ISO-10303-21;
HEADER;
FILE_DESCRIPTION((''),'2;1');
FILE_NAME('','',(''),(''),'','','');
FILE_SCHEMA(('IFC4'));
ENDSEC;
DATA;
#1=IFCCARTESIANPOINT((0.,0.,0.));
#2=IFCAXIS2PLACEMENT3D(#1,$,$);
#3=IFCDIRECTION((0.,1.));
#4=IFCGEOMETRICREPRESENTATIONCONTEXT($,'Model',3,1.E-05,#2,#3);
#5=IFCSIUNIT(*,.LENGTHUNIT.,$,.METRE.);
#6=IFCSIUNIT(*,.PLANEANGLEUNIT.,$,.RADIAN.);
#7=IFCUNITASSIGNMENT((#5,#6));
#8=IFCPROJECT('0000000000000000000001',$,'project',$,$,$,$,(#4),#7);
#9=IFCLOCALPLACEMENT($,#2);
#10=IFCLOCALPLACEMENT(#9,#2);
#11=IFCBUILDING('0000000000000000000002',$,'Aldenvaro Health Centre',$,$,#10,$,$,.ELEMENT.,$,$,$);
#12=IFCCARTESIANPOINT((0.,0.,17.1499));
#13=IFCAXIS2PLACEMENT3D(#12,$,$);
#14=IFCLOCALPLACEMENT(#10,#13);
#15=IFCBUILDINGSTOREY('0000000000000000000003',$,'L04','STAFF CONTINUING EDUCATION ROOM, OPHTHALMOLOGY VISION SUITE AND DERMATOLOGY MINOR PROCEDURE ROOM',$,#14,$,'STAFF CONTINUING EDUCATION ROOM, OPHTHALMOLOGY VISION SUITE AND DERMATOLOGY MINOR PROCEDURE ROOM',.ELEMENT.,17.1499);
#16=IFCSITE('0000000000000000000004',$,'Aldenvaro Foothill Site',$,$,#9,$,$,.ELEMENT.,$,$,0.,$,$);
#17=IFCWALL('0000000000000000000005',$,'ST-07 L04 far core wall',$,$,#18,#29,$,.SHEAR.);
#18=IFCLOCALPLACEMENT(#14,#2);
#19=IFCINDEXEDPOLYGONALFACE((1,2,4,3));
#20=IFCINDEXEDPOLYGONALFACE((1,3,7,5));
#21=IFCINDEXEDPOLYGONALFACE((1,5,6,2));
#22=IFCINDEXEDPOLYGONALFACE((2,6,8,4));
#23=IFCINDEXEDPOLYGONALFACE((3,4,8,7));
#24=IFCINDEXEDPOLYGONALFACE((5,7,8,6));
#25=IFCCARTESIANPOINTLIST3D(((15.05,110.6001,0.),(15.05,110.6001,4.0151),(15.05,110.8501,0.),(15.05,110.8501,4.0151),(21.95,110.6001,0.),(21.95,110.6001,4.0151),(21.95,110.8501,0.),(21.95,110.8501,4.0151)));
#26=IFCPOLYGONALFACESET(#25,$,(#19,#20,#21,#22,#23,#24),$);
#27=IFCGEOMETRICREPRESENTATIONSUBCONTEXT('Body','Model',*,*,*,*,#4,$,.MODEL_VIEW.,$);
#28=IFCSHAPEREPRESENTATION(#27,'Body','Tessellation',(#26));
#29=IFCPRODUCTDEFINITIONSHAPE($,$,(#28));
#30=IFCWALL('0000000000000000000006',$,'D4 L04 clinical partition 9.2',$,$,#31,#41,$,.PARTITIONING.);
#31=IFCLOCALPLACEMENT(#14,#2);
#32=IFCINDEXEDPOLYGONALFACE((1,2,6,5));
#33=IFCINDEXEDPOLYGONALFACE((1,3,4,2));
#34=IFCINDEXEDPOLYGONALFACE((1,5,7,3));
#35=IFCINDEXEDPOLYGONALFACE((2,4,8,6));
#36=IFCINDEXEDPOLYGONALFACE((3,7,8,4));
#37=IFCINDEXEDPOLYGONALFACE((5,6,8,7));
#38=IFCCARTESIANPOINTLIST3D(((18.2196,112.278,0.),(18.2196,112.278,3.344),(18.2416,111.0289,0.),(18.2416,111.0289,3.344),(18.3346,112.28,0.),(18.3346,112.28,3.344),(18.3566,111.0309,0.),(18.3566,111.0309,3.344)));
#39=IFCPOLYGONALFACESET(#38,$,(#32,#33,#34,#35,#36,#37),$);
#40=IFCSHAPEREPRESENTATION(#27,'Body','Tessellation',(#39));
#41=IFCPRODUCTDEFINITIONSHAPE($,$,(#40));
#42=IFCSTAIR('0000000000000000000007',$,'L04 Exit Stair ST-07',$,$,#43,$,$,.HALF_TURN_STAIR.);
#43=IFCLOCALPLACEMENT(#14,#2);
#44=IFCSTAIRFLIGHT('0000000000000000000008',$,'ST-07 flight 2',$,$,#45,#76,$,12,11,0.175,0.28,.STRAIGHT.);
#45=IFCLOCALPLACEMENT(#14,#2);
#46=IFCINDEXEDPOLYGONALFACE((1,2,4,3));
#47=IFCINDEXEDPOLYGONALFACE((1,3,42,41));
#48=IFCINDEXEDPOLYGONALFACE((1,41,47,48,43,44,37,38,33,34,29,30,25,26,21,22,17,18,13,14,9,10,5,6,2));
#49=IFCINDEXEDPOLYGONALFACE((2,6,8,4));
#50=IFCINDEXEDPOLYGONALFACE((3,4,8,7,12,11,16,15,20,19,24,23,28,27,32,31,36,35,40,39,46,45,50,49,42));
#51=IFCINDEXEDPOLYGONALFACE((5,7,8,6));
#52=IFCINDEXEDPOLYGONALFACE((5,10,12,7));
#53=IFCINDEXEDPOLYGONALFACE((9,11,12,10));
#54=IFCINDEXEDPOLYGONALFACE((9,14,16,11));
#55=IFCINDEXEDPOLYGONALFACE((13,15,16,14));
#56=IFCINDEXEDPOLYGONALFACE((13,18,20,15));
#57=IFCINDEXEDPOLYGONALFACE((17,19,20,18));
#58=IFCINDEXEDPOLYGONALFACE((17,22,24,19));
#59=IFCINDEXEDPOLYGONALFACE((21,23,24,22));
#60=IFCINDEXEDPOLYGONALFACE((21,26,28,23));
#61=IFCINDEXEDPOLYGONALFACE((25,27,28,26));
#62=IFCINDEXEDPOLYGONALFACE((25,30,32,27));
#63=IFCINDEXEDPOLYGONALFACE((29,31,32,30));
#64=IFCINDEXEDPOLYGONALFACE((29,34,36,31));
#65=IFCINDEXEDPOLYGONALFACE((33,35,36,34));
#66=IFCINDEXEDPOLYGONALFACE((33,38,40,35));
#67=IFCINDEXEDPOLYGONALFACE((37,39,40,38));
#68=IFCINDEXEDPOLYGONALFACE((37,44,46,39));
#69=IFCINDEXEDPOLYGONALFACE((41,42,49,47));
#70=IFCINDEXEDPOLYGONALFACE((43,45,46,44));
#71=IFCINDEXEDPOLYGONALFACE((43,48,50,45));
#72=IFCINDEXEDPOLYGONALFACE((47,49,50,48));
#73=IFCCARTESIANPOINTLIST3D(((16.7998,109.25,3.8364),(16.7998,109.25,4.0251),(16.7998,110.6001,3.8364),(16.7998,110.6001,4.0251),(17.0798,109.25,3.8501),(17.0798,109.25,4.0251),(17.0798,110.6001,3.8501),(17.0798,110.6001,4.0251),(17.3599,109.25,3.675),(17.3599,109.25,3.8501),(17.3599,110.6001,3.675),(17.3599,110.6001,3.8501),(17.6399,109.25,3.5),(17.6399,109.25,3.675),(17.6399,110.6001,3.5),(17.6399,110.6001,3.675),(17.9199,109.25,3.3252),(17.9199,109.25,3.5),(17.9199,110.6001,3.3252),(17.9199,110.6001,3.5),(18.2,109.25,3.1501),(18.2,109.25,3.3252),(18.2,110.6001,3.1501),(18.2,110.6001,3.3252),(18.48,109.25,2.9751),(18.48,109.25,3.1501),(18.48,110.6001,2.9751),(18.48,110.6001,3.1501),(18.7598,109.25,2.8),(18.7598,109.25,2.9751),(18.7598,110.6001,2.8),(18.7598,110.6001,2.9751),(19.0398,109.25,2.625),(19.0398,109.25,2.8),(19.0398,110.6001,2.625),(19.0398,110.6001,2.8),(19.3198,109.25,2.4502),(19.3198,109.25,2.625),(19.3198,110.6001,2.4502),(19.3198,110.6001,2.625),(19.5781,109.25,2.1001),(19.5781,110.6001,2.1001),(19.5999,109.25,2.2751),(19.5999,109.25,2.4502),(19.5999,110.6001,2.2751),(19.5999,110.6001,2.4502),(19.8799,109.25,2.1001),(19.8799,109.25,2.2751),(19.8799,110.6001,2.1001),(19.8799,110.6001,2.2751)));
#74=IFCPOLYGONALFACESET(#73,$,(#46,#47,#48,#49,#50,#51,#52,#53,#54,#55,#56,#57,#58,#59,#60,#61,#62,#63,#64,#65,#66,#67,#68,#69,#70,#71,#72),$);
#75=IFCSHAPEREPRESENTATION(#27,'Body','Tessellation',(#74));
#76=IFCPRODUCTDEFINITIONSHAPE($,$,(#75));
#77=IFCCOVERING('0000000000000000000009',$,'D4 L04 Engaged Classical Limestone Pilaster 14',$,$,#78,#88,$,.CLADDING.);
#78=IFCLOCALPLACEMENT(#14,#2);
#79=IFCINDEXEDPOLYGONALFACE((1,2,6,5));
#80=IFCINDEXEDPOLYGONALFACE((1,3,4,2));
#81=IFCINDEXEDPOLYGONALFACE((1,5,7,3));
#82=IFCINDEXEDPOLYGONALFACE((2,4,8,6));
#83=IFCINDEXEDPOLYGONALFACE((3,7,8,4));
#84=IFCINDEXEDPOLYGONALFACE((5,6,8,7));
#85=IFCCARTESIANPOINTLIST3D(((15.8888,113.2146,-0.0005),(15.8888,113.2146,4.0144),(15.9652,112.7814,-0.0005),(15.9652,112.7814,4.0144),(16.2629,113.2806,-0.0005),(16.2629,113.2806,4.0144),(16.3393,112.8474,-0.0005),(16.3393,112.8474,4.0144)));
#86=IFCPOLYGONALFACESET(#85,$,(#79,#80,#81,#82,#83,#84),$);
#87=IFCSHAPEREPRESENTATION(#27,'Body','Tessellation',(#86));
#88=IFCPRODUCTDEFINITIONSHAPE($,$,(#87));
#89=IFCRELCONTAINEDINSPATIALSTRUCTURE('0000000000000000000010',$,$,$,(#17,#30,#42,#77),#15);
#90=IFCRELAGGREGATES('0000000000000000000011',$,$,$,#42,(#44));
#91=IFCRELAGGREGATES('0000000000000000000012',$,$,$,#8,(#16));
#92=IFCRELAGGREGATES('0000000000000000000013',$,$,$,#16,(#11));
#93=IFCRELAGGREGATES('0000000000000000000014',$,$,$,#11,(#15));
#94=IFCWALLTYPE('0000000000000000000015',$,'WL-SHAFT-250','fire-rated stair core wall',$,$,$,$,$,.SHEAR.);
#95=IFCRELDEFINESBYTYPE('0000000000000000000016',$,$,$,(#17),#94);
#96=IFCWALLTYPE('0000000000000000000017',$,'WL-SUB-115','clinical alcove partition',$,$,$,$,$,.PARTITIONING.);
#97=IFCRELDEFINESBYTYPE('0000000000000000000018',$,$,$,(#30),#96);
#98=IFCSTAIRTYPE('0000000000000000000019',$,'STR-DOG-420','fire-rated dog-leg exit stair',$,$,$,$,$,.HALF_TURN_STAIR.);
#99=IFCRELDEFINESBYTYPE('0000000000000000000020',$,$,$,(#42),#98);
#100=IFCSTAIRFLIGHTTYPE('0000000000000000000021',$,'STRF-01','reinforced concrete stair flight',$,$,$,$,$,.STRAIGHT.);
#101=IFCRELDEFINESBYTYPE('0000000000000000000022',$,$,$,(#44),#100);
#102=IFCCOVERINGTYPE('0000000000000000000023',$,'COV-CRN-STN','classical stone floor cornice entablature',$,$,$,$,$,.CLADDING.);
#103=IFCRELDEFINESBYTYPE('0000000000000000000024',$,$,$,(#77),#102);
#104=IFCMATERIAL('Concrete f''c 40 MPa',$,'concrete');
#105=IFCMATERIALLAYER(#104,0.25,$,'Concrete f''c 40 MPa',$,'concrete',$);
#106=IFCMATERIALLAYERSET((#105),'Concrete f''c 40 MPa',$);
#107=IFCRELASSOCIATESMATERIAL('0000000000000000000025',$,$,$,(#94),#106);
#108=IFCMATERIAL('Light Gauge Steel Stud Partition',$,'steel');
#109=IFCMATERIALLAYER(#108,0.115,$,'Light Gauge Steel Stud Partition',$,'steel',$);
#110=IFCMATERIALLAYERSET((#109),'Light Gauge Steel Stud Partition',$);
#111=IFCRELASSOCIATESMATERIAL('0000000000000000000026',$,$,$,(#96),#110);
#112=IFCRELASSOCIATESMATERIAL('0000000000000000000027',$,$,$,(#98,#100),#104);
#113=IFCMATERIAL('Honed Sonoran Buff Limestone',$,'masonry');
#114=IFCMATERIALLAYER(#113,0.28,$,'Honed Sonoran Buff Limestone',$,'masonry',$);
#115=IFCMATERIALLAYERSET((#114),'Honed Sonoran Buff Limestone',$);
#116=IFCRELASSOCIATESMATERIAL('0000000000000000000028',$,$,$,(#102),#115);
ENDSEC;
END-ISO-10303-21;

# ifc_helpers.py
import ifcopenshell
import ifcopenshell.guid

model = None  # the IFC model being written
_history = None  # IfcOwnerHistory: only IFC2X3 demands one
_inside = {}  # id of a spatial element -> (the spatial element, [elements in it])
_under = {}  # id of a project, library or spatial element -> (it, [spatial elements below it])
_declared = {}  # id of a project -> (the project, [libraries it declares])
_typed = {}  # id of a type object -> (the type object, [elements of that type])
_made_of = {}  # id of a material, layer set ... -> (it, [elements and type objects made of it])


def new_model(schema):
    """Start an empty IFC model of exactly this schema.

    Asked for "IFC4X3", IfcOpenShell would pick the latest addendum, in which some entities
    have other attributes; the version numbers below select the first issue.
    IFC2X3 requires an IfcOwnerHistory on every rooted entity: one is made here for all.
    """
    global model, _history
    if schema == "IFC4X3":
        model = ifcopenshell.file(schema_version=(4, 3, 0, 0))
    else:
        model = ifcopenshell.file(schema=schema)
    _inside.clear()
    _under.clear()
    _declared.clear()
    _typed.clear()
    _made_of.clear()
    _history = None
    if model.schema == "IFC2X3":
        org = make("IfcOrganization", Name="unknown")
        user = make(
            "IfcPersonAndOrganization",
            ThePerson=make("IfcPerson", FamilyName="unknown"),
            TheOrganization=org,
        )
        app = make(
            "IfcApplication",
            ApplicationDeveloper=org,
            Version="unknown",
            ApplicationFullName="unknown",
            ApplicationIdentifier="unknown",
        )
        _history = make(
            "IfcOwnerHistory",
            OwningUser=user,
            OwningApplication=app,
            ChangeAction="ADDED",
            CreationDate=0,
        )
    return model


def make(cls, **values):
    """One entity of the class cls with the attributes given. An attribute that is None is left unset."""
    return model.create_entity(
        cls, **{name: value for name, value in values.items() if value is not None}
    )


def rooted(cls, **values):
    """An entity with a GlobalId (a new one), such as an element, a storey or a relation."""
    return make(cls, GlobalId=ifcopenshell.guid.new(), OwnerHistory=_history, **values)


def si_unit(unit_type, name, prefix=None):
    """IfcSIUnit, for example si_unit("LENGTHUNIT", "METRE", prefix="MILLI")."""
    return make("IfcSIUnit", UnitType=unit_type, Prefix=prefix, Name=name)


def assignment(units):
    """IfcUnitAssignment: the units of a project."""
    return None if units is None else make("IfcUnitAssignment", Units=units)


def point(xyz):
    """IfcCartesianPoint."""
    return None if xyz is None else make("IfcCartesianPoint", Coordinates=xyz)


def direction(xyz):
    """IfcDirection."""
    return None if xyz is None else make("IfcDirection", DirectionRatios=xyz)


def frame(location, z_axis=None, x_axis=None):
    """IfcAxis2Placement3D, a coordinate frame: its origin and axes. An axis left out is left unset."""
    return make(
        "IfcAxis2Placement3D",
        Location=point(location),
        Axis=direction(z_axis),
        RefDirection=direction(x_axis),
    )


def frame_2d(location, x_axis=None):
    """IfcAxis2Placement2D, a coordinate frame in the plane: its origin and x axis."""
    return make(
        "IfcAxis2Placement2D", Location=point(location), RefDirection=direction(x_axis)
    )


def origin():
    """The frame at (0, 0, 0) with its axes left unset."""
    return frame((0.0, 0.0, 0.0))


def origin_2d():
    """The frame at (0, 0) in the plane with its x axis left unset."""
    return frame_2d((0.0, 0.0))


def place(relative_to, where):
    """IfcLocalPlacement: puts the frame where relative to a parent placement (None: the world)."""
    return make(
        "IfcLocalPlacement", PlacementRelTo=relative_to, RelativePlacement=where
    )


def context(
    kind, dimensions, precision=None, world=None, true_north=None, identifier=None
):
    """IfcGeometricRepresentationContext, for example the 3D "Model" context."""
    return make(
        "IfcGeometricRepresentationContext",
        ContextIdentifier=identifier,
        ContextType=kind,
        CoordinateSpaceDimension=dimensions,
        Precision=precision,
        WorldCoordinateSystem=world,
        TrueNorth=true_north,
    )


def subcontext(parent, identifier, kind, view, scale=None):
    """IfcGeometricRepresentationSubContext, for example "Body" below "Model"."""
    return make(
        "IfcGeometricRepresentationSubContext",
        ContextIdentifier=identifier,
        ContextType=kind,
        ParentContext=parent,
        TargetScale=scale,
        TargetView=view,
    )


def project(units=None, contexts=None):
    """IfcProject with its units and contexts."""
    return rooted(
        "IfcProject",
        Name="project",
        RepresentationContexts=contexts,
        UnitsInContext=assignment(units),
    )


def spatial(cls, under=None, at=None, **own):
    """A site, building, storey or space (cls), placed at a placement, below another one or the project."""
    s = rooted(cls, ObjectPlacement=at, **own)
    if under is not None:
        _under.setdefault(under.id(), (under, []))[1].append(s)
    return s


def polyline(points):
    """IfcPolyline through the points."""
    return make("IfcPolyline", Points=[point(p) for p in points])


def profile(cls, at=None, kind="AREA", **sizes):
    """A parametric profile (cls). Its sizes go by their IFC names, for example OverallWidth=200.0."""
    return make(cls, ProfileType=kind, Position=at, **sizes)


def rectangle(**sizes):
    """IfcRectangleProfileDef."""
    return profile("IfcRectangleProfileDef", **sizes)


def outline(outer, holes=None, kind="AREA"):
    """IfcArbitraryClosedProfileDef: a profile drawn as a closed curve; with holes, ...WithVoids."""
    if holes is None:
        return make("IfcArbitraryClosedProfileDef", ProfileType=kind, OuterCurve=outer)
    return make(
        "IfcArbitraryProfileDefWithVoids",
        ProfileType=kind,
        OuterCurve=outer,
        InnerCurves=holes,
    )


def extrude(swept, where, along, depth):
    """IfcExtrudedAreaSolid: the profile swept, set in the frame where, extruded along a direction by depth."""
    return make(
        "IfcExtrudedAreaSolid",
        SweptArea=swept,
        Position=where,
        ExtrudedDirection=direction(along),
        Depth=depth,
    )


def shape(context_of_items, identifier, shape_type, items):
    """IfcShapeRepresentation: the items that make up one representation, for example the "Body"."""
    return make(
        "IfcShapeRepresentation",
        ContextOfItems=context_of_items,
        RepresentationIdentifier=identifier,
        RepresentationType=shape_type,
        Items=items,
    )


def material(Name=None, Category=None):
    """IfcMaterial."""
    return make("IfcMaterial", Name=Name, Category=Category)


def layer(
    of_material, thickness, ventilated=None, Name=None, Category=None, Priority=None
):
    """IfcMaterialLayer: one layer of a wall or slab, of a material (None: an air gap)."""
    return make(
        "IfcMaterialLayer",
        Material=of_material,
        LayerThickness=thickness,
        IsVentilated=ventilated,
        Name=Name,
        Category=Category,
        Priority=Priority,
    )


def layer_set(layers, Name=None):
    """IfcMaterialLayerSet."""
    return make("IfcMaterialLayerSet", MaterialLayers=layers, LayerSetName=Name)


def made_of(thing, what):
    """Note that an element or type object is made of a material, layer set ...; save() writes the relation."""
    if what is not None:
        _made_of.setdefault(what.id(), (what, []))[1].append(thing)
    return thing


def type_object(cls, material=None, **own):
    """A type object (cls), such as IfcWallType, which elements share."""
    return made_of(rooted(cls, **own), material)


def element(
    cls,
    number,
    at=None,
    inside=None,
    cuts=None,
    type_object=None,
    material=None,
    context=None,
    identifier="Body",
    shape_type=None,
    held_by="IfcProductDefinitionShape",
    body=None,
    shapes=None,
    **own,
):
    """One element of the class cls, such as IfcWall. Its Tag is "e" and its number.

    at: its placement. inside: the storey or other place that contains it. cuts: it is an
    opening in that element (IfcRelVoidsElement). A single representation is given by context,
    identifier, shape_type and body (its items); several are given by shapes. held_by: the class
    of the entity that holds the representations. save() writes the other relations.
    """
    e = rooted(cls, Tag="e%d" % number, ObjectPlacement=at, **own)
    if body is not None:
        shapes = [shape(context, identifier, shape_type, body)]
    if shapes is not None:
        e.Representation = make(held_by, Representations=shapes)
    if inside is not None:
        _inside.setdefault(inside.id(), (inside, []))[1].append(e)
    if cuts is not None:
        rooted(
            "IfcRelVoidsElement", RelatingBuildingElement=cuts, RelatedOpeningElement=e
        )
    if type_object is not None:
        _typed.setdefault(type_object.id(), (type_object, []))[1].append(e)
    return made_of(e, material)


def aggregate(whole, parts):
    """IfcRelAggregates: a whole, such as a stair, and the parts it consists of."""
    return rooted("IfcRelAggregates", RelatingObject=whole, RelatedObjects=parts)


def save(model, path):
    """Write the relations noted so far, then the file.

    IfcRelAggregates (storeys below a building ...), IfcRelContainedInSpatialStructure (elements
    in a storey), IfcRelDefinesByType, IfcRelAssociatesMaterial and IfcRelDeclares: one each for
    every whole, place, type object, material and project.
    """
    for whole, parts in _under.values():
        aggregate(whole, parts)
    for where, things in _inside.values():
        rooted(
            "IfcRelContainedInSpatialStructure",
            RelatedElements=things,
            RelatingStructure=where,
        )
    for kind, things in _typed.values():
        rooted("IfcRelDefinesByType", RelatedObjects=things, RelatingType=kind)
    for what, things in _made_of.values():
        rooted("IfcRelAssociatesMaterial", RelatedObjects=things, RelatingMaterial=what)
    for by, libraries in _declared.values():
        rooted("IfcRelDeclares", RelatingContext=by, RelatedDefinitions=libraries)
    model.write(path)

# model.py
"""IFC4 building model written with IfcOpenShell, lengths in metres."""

from ifc_helpers import new_model, si_unit, direction, frame, frame_2d, origin, origin_2d, place, context, subcontext, project, spatial, polyline, rectangle, outline, extrude, material, layer, layer_set, type_object, element, aggregate, save


model = new_model("IFC4")

# Units and contexts
model_context = context("Model", 3, precision=1e-05, world=origin(), true_north=direction((0.0, 1.0)))
body_context = subcontext(model_context, "Body", "Model", "MODEL_VIEW")
ifc_project = project(units=[si_unit("LENGTHUNIT", "METRE"), si_unit("PLANEANGLEUNIT", "RADIAN")], contexts=[model_context])

# Site, building, storey
site_placement = place(None, origin())
site = spatial("IfcSite", under=ifc_project, at=site_placement, Name="Aldenvaro Foothill Site", CompositionType="ELEMENT", RefElevation=0.0)
building_placement = place(site_placement, origin())
building = spatial("IfcBuilding", under=site, at=building_placement, Name="Aldenvaro Health Centre", CompositionType="ELEMENT")
storey_placement = place(building_placement, frame((0.0, 0.0, 17.1499)))
storey = spatial("IfcBuildingStorey", under=building, at=storey_placement, Name="L04", Description="STAFF CONTINUING EDUCATION ROOM, OPHTHALMOLOGY VISION SUITE AND DERMATOLOGY MINOR PROCEDURE ROOM", LongName="STAFF CONTINUING EDUCATION ROOM, OPHTHALMOLOGY VISION SUITE AND DERMATOLOGY MINOR PROCEDURE ROOM", CompositionType="ELEMENT", Elevation=17.1499)

# Walls
ifc_material_1 = material(Name="Concrete f'c 40 MPa", Category="concrete")
ifc_layer_1 = layer(ifc_material_1, 0.25, Name="Concrete f'c 40 MPa", Category="concrete")
ifc_layer_set_1 = layer_set([ifc_layer_1], Name="Concrete f'c 40 MPa")
wall_type_1 = type_object("IfcWallType", Name="WL-SHAFT-250", Description="fire-rated stair core wall", PredefinedType="SHEAR", material=ifc_layer_set_1)
wall_1_placement = place(storey_placement, frame((15.05, 110.7251, 0.0), z_axis=(0.0, 0.0, 1.0), x_axis=(1.0, 0.0, 0.0)))
element("IfcWall", 1, at=wall_1_placement, inside=storey, type_object=wall_type_1, Name="ST-07 L04 far core wall", PredefinedType="SHEAR", context=body_context, shape_type="SweptSolid", body=[
    extrude(rectangle(XDim=6.8999, YDim=0.25, at=frame_2d((3.45, 0.0))), origin(), (0.0, 0.0, 1.0), 4.0151),
])
ifc_material_2 = material(Name="Light Gauge Steel Stud Partition", Category="steel")
ifc_layer_2 = layer(ifc_material_2, 0.115, Name="Light Gauge Steel Stud Partition", Category="steel")
ifc_layer_set_2 = layer_set([ifc_layer_2], Name="Light Gauge Steel Stud Partition")
wall_type_2 = type_object("IfcWallType", Name="WL-SUB-115", Description="clinical alcove partition", PredefinedType="PARTITIONING", material=ifc_layer_set_2)
wall_2_placement = place(storey_placement, frame((18.2991, 111.03, 0.0), z_axis=(0.0, 0.0, 1.0), x_axis=(-0.017589, 0.999845, 0.0)))
element("IfcWall", 2, at=wall_2_placement, inside=storey, type_object=wall_type_2, Name="D4 L04 clinical partition 9.2", PredefinedType="PARTITIONING", context=body_context, shape_type="SweptSolid", body=[
    extrude(rectangle(XDim=1.2493, YDim=0.115, at=frame_2d((0.6245, 0.0))), origin(), (0.0, 0.0, 1.0), 3.344),
])

# Stair, stair flight
stair_type = type_object("IfcStairType", Name="STR-DOG-420", Description="fire-rated dog-leg exit stair", PredefinedType="HALF_TURN_STAIR", material=ifc_material_1)
stair_placement = place(storey_placement, origin())
stair = element("IfcStair", 3, at=stair_placement, inside=storey, type_object=stair_type, Name="L04 Exit Stair ST-07", PredefinedType="HALF_TURN_STAIR")
stair_flight_type = type_object("IfcStairFlightType", Name="STRF-01", Description="reinforced concrete stair flight", PredefinedType="STRAIGHT", material=ifc_material_1)
stair_flight_placement = place(storey_placement, frame((19.8799, 109.925, 2.1001), z_axis=(0.0, 0.0, 1.0), x_axis=(-1.0, 0.0, 0.0)))
stair_flight = element("IfcStairFlight", 4, at=stair_flight_placement, type_object=stair_flight_type, Name="ST-07 flight 2", NumberOfRisers=12, NumberOfTreads=11, PredefinedType="STRAIGHT", RiserHeight=0.175, TreadLength=0.28, context=body_context, shape_type="SweptSolid", body=[
    extrude(outline(polyline([(0.0, 0.0), (0.0, 0.175), (0.28, 0.175), (0.28, 0.3501), (0.5601, 0.3501), (0.5601, 0.5249), (0.8401, 0.5249), (0.8401, 0.7), (1.1201, 0.7), (1.1201, 0.875), (1.3999, 0.875), (1.3999, 1.05), (1.6799, 1.05), (1.6799, 1.2251), (1.96, 1.2251), (1.96, 1.3999), (2.24, 1.3999), (2.24, 1.575), (2.52, 1.575), (2.52, 1.75), (2.8, 1.75), (2.8, 1.925), (3.0801, 1.925), (3.0801, 2.1001), (3.0801, 1.7363), (0.3018, 0.0), (0.0, 0.0)])), frame((0.0, 0.675, 0.0), z_axis=(0.0, -1.0, 0.0), x_axis=(1.0, 0.0, 0.0)), (0.0, 0.0, 1.0), 1.3501),
])
aggregate(stair, [stair_flight])

# Covering
ifc_material_3 = material(Name="Honed Sonoran Buff Limestone", Category="masonry")
ifc_layer_3 = layer(ifc_material_3, 0.28, Name="Honed Sonoran Buff Limestone", Category="masonry")
ifc_layer_set_3 = layer_set([ifc_layer_3], Name="Honed Sonoran Buff Limestone")
covering_type = type_object("IfcCoveringType", Name="COV-CRN-STN", Description="classical stone floor cornice entablature", PredefinedType="CLADDING", material=ifc_layer_set_3)
covering_placement = place(storey_placement, frame((16.114, 113.031, -0.0005), z_axis=(0.0, 0.0, 1.0), x_axis=(-0.173662, 0.984805, 0.0)))
element("IfcCovering", 5, at=covering_placement, inside=storey, type_object=covering_type, Name="D4 L04 Engaged Classical Limestone Pilaster 14", PredefinedType="CLADDING", context=body_context, shape_type="SweptSolid", body=[
    extrude(rectangle(XDim=0.4399, YDim=0.3799, at=origin_2d()), origin(), (0.0, 0.0, 1.0), 4.0149),
])

save(model, "model.ifc")
